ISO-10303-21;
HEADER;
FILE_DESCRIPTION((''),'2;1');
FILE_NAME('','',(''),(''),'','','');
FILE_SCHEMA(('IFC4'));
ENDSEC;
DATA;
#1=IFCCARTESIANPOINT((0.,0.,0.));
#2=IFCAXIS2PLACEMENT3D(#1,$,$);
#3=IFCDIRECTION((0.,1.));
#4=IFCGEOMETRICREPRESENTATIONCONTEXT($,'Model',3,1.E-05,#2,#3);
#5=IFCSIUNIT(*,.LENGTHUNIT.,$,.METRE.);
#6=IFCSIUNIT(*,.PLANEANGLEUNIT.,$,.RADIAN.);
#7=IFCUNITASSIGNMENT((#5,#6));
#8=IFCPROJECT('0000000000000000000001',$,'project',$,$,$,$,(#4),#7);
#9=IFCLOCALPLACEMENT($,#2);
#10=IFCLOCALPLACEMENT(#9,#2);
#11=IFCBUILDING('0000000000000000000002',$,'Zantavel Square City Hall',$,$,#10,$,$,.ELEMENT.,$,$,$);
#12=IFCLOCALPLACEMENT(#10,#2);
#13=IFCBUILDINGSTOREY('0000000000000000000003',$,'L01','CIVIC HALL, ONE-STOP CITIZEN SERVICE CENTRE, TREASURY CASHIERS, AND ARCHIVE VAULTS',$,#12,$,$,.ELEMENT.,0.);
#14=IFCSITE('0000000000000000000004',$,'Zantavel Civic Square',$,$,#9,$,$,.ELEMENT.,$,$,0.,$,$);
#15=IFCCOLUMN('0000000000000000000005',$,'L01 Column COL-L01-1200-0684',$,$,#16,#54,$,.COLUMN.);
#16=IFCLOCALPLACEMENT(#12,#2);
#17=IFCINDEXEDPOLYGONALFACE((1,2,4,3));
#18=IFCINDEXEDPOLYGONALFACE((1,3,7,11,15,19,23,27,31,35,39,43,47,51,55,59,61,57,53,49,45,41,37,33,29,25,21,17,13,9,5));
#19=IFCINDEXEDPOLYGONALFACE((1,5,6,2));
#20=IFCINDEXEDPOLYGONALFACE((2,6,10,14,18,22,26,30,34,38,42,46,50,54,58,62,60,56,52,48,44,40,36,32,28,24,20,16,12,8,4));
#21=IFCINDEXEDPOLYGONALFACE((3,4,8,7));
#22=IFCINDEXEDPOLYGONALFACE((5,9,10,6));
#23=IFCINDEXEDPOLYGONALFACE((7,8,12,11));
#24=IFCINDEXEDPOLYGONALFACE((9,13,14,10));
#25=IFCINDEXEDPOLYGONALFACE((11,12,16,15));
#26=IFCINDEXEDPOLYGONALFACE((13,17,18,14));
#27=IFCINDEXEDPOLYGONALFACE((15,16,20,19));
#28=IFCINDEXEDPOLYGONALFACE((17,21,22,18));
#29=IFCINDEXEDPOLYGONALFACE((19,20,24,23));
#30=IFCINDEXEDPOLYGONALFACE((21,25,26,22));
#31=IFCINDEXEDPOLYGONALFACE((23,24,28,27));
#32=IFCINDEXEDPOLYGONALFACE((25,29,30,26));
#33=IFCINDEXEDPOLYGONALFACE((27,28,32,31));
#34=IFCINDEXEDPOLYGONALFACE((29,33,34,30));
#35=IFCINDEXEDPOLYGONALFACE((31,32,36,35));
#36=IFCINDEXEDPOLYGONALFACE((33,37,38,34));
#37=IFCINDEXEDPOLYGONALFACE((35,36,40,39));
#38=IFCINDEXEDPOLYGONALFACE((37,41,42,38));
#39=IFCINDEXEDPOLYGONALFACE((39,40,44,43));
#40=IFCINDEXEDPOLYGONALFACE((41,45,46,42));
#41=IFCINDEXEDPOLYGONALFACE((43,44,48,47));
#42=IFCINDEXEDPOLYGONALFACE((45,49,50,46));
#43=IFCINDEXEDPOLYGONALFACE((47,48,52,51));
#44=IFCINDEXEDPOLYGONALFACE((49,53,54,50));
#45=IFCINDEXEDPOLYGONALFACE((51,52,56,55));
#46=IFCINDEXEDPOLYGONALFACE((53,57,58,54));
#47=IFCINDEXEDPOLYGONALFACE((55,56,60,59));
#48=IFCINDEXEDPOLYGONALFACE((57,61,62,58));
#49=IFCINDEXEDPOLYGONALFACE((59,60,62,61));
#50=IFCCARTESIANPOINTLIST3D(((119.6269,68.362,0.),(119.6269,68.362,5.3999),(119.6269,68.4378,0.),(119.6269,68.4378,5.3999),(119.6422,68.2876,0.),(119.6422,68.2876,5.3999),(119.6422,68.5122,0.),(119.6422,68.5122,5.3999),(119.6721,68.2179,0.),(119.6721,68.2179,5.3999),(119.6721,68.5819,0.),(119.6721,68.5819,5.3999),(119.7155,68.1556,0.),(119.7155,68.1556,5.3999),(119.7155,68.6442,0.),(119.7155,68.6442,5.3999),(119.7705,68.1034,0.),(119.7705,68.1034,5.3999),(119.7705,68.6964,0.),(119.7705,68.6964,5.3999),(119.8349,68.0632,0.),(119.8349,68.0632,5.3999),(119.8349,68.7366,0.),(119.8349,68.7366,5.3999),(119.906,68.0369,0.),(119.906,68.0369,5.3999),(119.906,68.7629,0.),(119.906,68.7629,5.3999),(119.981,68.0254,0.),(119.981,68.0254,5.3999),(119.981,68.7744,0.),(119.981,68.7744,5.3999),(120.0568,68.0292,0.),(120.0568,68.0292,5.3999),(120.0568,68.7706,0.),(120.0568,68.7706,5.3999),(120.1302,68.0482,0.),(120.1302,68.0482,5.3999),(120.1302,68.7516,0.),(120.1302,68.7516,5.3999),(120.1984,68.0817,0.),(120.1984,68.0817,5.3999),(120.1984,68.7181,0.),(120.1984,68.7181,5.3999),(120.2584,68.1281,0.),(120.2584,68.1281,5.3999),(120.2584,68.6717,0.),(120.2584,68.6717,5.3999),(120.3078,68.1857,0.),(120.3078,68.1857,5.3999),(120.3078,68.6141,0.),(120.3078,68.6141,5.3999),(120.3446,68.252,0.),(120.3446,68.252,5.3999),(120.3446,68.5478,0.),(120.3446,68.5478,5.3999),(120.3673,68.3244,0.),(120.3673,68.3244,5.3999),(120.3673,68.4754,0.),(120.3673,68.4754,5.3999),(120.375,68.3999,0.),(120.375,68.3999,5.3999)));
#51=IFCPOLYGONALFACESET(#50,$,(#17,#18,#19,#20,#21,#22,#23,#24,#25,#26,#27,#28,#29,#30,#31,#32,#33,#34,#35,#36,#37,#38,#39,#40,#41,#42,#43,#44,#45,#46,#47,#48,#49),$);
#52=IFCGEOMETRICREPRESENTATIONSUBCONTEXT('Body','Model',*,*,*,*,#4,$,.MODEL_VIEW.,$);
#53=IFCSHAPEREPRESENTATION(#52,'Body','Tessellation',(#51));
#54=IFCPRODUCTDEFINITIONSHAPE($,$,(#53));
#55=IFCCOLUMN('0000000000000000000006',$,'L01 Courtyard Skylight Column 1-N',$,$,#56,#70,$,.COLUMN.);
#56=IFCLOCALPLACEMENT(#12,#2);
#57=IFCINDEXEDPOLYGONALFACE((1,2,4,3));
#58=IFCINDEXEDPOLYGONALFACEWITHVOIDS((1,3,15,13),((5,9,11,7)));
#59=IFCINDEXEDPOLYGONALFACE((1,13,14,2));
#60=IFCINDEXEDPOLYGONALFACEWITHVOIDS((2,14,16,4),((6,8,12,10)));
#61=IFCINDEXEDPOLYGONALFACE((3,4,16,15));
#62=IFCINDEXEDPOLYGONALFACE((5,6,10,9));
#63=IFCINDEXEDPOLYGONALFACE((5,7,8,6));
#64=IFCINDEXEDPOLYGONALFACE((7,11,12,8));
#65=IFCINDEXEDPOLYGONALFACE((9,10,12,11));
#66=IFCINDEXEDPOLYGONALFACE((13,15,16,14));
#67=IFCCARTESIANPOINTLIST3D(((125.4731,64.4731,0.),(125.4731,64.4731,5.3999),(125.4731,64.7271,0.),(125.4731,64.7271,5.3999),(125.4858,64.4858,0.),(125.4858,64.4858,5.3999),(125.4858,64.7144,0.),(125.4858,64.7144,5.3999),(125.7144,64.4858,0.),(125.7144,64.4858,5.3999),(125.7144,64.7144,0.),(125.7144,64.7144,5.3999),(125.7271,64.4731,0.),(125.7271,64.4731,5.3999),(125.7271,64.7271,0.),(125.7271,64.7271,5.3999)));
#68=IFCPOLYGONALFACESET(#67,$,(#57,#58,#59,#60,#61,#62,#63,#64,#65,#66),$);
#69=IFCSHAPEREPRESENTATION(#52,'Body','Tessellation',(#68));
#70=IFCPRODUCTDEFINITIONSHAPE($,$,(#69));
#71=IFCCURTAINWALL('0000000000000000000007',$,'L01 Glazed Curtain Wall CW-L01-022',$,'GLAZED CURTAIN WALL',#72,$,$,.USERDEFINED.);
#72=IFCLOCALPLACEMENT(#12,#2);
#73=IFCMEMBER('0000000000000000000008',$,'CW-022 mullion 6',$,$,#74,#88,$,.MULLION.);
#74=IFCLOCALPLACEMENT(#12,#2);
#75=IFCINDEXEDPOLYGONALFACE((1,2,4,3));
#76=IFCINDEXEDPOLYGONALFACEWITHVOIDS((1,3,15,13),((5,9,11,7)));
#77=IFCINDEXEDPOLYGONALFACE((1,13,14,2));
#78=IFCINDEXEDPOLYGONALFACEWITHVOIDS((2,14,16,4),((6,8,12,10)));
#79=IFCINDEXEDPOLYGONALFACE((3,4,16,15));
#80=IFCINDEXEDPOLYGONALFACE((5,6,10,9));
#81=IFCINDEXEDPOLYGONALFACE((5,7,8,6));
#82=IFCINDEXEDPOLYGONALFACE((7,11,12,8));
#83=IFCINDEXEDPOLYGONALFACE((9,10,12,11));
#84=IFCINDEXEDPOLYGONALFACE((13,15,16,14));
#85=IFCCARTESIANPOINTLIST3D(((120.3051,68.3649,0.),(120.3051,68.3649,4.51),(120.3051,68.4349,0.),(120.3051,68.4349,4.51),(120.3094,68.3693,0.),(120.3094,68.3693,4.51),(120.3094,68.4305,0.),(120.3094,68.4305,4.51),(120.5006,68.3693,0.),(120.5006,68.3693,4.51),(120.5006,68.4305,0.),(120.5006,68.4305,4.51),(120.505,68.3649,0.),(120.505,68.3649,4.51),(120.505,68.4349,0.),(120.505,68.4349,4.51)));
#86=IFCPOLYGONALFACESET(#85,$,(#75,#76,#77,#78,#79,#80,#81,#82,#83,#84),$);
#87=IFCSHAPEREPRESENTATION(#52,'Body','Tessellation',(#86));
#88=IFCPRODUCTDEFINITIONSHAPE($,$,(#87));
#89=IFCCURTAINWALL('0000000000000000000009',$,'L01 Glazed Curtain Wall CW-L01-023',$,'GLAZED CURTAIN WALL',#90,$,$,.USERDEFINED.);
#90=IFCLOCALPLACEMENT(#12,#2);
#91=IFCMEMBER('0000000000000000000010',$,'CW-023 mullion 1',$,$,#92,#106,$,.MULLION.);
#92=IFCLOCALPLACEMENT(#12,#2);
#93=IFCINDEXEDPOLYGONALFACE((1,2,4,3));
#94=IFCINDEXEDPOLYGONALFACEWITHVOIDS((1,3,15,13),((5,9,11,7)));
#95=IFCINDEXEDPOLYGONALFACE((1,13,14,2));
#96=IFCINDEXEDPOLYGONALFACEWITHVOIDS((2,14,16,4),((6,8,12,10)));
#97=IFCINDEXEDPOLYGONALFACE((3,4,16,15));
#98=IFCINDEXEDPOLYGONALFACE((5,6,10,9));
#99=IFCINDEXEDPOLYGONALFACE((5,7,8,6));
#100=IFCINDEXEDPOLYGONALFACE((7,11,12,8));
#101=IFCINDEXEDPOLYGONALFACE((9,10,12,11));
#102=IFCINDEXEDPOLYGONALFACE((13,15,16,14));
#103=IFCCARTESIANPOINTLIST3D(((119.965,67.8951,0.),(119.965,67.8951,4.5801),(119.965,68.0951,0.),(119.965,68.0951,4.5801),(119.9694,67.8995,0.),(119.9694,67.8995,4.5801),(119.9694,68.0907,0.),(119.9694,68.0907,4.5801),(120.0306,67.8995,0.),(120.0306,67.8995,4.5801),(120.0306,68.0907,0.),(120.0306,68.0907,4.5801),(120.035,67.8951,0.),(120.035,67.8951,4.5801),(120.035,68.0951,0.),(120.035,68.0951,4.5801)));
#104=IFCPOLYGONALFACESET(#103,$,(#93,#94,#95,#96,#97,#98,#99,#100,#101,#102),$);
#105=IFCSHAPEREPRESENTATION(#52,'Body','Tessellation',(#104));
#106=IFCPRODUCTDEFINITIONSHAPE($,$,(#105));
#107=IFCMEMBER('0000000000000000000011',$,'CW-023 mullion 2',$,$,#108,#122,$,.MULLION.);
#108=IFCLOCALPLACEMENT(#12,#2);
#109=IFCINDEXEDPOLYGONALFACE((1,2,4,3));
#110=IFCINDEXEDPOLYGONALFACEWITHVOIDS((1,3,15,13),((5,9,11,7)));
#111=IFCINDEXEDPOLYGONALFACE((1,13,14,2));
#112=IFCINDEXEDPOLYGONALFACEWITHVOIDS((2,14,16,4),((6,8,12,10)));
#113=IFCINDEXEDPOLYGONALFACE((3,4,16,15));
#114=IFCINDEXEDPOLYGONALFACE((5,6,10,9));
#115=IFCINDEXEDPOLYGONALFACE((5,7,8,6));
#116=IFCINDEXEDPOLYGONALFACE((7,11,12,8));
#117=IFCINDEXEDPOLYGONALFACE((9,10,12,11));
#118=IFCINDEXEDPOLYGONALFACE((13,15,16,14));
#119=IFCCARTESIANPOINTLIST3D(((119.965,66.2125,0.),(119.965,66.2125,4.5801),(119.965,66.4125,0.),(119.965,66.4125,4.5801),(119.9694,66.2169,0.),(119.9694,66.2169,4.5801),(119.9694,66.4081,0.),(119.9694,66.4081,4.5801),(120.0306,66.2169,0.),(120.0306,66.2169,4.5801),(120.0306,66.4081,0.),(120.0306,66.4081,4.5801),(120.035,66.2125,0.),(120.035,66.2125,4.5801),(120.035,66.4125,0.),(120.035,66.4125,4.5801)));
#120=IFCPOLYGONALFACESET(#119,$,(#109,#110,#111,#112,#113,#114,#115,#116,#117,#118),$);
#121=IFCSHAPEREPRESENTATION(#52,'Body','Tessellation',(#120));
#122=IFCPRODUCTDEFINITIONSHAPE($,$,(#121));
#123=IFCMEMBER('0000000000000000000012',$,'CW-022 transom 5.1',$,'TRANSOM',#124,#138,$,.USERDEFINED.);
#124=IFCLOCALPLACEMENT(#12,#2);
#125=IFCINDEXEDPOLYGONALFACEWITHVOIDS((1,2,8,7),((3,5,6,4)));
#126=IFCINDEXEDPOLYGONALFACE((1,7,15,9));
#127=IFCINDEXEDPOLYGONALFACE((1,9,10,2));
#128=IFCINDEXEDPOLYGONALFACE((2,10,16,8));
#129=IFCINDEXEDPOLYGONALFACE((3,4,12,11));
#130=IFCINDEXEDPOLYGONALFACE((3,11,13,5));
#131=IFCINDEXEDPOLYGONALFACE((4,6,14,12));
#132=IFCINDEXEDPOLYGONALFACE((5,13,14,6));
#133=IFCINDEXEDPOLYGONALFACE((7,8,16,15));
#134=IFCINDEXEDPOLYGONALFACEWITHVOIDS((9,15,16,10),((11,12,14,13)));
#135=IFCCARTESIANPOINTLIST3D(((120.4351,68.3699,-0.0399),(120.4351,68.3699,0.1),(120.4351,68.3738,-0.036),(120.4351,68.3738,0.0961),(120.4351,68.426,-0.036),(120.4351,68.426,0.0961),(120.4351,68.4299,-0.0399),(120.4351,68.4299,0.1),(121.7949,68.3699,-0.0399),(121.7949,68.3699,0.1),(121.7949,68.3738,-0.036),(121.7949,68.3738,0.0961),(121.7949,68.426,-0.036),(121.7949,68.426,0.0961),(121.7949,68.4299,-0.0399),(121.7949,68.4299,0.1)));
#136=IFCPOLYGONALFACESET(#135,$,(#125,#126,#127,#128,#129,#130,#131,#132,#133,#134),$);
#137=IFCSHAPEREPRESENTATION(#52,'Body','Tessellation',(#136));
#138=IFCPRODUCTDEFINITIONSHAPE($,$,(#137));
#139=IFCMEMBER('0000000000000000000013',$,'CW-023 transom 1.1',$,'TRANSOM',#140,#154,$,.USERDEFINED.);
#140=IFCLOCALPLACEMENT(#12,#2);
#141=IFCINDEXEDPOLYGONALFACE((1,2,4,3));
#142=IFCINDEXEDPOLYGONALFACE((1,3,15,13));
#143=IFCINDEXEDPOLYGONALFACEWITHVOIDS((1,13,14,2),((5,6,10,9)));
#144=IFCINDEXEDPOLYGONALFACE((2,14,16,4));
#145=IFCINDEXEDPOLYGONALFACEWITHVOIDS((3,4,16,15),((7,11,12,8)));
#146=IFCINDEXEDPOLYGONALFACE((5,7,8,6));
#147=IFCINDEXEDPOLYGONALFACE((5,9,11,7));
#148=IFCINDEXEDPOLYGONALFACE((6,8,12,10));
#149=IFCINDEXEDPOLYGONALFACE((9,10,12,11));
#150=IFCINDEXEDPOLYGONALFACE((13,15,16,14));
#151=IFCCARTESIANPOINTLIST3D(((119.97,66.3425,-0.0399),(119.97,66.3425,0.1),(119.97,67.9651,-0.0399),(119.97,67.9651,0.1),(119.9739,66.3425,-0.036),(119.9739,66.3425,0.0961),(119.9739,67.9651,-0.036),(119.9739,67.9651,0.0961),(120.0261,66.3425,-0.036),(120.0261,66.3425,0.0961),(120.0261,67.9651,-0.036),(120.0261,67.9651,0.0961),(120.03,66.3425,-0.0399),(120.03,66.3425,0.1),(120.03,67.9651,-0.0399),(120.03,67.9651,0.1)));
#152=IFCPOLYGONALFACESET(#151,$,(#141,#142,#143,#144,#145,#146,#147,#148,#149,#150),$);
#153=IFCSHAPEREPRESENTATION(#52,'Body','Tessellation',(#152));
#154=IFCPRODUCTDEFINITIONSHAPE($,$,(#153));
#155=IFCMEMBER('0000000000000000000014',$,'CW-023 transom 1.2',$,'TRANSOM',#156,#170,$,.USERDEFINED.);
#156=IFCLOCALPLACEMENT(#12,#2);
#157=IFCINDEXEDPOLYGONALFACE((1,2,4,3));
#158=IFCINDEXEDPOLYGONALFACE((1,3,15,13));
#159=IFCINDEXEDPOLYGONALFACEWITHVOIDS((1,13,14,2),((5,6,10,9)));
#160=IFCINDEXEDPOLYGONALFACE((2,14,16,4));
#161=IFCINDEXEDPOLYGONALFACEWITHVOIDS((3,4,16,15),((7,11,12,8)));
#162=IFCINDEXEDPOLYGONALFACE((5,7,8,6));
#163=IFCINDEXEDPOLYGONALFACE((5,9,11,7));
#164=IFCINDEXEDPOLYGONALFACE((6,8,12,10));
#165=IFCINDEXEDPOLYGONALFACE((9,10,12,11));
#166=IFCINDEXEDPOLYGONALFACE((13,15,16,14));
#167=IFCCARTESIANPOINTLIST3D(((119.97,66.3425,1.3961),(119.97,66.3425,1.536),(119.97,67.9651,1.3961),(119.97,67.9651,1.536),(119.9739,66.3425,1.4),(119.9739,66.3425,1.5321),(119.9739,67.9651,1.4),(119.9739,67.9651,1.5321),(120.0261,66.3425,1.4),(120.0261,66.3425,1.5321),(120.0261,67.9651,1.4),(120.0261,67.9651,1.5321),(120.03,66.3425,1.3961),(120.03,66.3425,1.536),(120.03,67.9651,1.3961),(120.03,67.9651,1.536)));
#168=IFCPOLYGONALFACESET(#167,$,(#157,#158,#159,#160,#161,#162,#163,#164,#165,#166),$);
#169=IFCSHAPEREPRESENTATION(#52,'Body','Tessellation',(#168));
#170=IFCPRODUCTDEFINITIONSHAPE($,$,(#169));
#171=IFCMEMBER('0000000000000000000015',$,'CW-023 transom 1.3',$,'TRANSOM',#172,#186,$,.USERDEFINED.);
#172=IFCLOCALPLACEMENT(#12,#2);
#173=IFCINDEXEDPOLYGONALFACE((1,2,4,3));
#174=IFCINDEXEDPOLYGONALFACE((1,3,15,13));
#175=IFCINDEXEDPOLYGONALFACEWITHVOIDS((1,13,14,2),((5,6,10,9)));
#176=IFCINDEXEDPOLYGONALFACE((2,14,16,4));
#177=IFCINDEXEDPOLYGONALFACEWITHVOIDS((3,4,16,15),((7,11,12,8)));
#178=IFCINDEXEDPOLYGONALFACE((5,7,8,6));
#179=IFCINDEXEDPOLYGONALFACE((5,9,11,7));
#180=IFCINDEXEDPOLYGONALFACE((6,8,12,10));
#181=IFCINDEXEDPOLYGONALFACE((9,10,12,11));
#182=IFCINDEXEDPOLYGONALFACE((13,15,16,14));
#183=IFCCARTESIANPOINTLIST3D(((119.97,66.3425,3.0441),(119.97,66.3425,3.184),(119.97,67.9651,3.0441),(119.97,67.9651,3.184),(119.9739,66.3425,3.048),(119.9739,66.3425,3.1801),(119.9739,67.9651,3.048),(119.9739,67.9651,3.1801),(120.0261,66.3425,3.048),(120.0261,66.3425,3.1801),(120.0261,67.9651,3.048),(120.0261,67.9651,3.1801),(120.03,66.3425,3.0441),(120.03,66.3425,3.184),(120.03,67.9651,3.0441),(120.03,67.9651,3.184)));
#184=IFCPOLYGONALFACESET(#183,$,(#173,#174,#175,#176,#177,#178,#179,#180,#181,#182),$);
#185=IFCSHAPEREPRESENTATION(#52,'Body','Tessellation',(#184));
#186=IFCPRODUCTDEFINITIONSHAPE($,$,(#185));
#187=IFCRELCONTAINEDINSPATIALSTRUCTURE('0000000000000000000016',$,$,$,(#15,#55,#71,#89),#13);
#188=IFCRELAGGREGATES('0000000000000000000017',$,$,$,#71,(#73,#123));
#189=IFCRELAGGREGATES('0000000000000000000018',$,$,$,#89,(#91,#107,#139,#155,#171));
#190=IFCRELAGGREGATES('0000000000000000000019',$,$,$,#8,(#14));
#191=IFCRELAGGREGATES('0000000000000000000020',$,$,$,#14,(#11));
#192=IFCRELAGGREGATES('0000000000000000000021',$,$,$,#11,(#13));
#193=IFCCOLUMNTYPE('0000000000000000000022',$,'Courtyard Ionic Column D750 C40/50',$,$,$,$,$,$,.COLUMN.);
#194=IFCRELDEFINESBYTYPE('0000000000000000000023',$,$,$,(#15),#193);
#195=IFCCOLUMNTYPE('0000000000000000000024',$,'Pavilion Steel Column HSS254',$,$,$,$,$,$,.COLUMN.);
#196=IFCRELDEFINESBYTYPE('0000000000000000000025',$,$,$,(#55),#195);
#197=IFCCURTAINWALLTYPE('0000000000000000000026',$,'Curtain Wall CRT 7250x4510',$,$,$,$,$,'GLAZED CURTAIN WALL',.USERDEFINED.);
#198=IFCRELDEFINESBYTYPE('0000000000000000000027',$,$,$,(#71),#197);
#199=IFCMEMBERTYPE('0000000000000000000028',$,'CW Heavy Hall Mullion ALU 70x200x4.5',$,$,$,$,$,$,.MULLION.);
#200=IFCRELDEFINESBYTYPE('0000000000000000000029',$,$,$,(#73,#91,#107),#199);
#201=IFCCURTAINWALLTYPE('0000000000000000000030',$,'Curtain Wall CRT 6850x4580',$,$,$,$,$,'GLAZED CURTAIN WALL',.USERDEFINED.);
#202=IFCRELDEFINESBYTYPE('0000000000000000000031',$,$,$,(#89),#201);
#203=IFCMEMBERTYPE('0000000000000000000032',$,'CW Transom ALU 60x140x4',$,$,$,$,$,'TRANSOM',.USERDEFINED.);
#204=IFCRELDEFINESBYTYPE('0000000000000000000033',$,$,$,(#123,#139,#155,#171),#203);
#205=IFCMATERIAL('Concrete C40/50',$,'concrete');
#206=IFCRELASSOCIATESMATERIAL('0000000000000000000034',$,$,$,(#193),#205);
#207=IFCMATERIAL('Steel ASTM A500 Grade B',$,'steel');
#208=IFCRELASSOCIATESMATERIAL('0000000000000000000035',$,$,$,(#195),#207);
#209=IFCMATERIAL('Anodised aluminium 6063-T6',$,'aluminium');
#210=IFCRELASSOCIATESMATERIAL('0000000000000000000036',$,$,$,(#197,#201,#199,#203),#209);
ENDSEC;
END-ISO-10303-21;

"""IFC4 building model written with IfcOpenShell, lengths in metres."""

from ifc_helpers import new_model, si_unit, direction, frame, origin, origin_2d, place, context, subcontext, project, spatial, hollow_rectangle, circle, extrude, material, material_profile, profile_set, type_object, element, aggregate, save


model = new_model("IFC4")

# Units and contexts
model_context = context("Model", 3, precision=1e-05, world=origin(), true_north=direction((0.0, 1.0)))
body_context = subcontext(model_context, "Body", "Model", "MODEL_VIEW")
ifc_project = project(units=[si_unit("LENGTHUNIT", "METRE"), si_unit("PLANEANGLEUNIT", "RADIAN")], contexts=[model_context])

# Site, building, storey
site_placement = place(None, origin())
site = spatial("IfcSite", under=ifc_project, at=site_placement, Name="Zantavel Civic Square", CompositionType="ELEMENT", RefElevation=0.0)
building_placement = place(site_placement, origin())
building = spatial("IfcBuilding", under=site, at=building_placement, Name="Zantavel Square City Hall", CompositionType="ELEMENT")
storey_placement = place(building_placement, origin())
storey = spatial("IfcBuildingStorey", under=building, at=storey_placement, Name="L01", Description="CIVIC HALL, ONE-STOP CITIZEN SERVICE CENTRE, TREASURY CASHIERS, AND ARCHIVE VAULTS", CompositionType="ELEMENT", Elevation=0.0)

# Columns
ifc_material_1 = material(Name="Concrete C40/50", Category="concrete")
ifc_material_profile_1 = material_profile(ifc_material_1, circle(Radius=0.375, at=origin_2d()), Name="ROUND D750")
ifc_profile_set_1 = profile_set([ifc_material_profile_1], Name="Concrete C40/50")
column_type_1 = type_object("IfcColumnType", Name="Courtyard Ionic Column D750 C40/50", PredefinedType="COLUMN", material=ifc_profile_set_1)
column_1_placement = place(storey_placement, frame((120.0, 68.3999, 0.0), z_axis=(0.0, 0.0, 1.0), x_axis=(1.0, 0.0, 0.0)))
element("IfcColumn", 1, at=column_1_placement, inside=storey, type_object=column_type_1, Name="L01 Column COL-L01-1200-0684", PredefinedType="COLUMN", context=body_context, shape_type="SweptSolid", body=[
    extrude(circle(Radius=0.375, at=origin_2d()), origin(), (0.0, 0.0, 1.0), 5.3999),
])
ifc_material_2 = material(Name="Steel ASTM A500 Grade B", Category="steel")
ifc_material_profile_2 = material_profile(ifc_material_2, hollow_rectangle(XDim=0.2539, YDim=0.2539, WallThickness=0.0127, at=origin_2d()), Name="HSS 254x254x12.7")
ifc_profile_set_2 = profile_set([ifc_material_profile_2], Name="Steel ASTM A500 Grade B")
column_type_2 = type_object("IfcColumnType", Name="Pavilion Steel Column HSS254", PredefinedType="COLUMN", material=ifc_profile_set_2)
column_2_placement = place(storey_placement, frame((125.6001, 64.6001, 0.0), z_axis=(0.0, 0.0, 1.0), x_axis=(1.0, 0.0, 0.0)))
element("IfcColumn", 2, at=column_2_placement, inside=storey, type_object=column_type_2, Name="L01 Courtyard Skylight Column 1-N", PredefinedType="COLUMN", context=body_context, shape_type="SweptSolid", body=[
    extrude(hollow_rectangle(XDim=0.2539, YDim=0.2539, WallThickness=0.0127, at=origin_2d()), origin(), (0.0, 0.0, 1.0), 5.3999),
])

# Curtain wall, member
ifc_material_3 = material(Name="Anodised aluminium 6063-T6", Category="aluminium")
curtain_wall_type_1 = type_object("IfcCurtainWallType", Name="Curtain Wall CRT 7250x4510", ElementType="GLAZED CURTAIN WALL", PredefinedType="USERDEFINED", material=ifc_material_3)
curtain_wall_1_placement = place(storey_placement, origin())
curtain_wall_1 = element("IfcCurtainWall", 3, at=curtain_wall_1_placement, inside=storey, type_object=curtain_wall_type_1, Name="L01 Glazed Curtain Wall CW-L01-022", ObjectType="GLAZED CURTAIN WALL", PredefinedType="USERDEFINED")
ifc_material_profile_3 = material_profile(ifc_material_3, hollow_rectangle(XDim=0.0701, YDim=0.2, WallThickness=0.0044, at=origin_2d()), Name="ALU 70x200x4.5")
ifc_profile_set_3 = profile_set([ifc_material_profile_3], Name="Anodised aluminium 6063-T6")
member_type_1 = type_object("IfcMemberType", Name="CW Heavy Hall Mullion ALU 70x200x4.5", PredefinedType="MULLION", material=ifc_profile_set_3)
member_1_placement = place(storey_placement, frame((120.405, 68.3999, 0.0), z_axis=(0.0, 0.0, 1.0), x_axis=(0.0, -1.0, 0.0)))
member_1 = element("IfcMember", 4, at=member_1_placement, type_object=member_type_1, Name="CW-022 mullion 6", PredefinedType="MULLION", context=body_context, shape_type="SweptSolid", body=[
    extrude(hollow_rectangle(XDim=0.0701, YDim=0.2, WallThickness=0.0044, at=origin_2d()), origin(), (0.0, 0.0, 1.0), 4.51),
])

# Curtain wall, members
curtain_wall_type_2 = type_object("IfcCurtainWallType", Name="Curtain Wall CRT 6850x4580", ElementType="GLAZED CURTAIN WALL", PredefinedType="USERDEFINED", material=ifc_material_3)
curtain_wall_2_placement = place(storey_placement, origin())
curtain_wall_2 = element("IfcCurtainWall", 5, at=curtain_wall_2_placement, inside=storey, type_object=curtain_wall_type_2, Name="L01 Glazed Curtain Wall CW-L01-023", ObjectType="GLAZED CURTAIN WALL", PredefinedType="USERDEFINED")
member_2_placement = place(storey_placement, frame((120.0, 67.9951, 0.0), z_axis=(0.0, 0.0, 1.0), x_axis=(1.0, 0.0, 0.0)))
member_2 = element("IfcMember", 6, at=member_2_placement, type_object=member_type_1, Name="CW-023 mullion 1", PredefinedType="MULLION", context=body_context, shape_type="SweptSolid", body=[
    extrude(hollow_rectangle(XDim=0.0701, YDim=0.2, WallThickness=0.0044, at=origin_2d()), origin(), (0.0, 0.0, 1.0), 4.5801),
])
member_3_placement = place(storey_placement, frame((120.0, 66.3125, 0.0), z_axis=(0.0, 0.0, 1.0), x_axis=(1.0, 0.0, 0.0)))
member_3 = element("IfcMember", 7, at=member_3_placement, type_object=member_type_1, Name="CW-023 mullion 2", PredefinedType="MULLION", context=body_context, shape_type="SweptSolid", body=[
    extrude(hollow_rectangle(XDim=0.0701, YDim=0.2, WallThickness=0.0044, at=origin_2d()), origin(), (0.0, 0.0, 1.0), 4.5801),
])

# Members
ifc_material_profile_4 = material_profile(ifc_material_3, hollow_rectangle(XDim=0.0601, YDim=0.1399, WallThickness=0.0039, at=origin_2d()), Name="ALU 60x140x4")
ifc_profile_set_4 = profile_set([ifc_material_profile_4], Name="Anodised aluminium 6063-T6")
member_type_2 = type_object("IfcMemberType", Name="CW Transom ALU 60x140x4", ElementType="TRANSOM", PredefinedType="USERDEFINED", material=ifc_profile_set_4)
member_4_placement = place(storey_placement, frame((121.7949, 68.3999, 0.03), z_axis=(-1.0, 0.0, 0.0), x_axis=(0.0, -1.0, 0.0)))
member_4 = element("IfcMember", 8, at=member_4_placement, type_object=member_type_2, Name="CW-022 transom 5.1", ObjectType="TRANSOM", PredefinedType="USERDEFINED", context=body_context, shape_type="SweptSolid", body=[
    extrude(hollow_rectangle(XDim=0.0601, YDim=0.1399, WallThickness=0.0039, at=origin_2d()), origin(), (0.0, 0.0, 1.0), 1.3599),
])
member_5_placement = place(storey_placement, frame((120.0, 67.9651, 0.03), z_axis=(0.0, -1.0, 0.0), x_axis=(1.0, 0.0, 0.0)))
member_5 = element("IfcMember", 9, at=member_5_placement, type_object=member_type_2, Name="CW-023 transom 1.1", ObjectType="TRANSOM", PredefinedType="USERDEFINED", context=body_context, shape_type="SweptSolid", body=[
    extrude(hollow_rectangle(XDim=0.0601, YDim=0.1399, WallThickness=0.0039, at=origin_2d()), origin(), (0.0, 0.0, 1.0), 1.6226),
])
member_6_placement = place(storey_placement, frame((120.0, 67.9651, 1.4661), z_axis=(0.0, -1.0, 0.0), x_axis=(1.0, 0.0, 0.0)))
member_6 = element("IfcMember", 10, at=member_6_placement, type_object=member_type_2, Name="CW-023 transom 1.2", ObjectType="TRANSOM", PredefinedType="USERDEFINED", context=body_context, shape_type="SweptSolid", body=[
    extrude(hollow_rectangle(XDim=0.0601, YDim=0.1399, WallThickness=0.0039, at=origin_2d()), origin(), (0.0, 0.0, 1.0), 1.6226),
])
member_7_placement = place(storey_placement, frame((120.0, 67.9651, 3.114), z_axis=(0.0, -1.0, 0.0), x_axis=(1.0, 0.0, 0.0)))
member_7 = element("IfcMember", 11, at=member_7_placement, type_object=member_type_2, Name="CW-023 transom 1.3", ObjectType="TRANSOM", PredefinedType="USERDEFINED", context=body_context, shape_type="SweptSolid", body=[
    extrude(hollow_rectangle(XDim=0.0601, YDim=0.1399, WallThickness=0.0039, at=origin_2d()), origin(), (0.0, 0.0, 1.0), 1.6226),
])

aggregate(curtain_wall_1, [member_1, member_4])
aggregate(curtain_wall_2, [member_2, member_3, member_5, member_6, member_7])

save(model, "model.ifc")
